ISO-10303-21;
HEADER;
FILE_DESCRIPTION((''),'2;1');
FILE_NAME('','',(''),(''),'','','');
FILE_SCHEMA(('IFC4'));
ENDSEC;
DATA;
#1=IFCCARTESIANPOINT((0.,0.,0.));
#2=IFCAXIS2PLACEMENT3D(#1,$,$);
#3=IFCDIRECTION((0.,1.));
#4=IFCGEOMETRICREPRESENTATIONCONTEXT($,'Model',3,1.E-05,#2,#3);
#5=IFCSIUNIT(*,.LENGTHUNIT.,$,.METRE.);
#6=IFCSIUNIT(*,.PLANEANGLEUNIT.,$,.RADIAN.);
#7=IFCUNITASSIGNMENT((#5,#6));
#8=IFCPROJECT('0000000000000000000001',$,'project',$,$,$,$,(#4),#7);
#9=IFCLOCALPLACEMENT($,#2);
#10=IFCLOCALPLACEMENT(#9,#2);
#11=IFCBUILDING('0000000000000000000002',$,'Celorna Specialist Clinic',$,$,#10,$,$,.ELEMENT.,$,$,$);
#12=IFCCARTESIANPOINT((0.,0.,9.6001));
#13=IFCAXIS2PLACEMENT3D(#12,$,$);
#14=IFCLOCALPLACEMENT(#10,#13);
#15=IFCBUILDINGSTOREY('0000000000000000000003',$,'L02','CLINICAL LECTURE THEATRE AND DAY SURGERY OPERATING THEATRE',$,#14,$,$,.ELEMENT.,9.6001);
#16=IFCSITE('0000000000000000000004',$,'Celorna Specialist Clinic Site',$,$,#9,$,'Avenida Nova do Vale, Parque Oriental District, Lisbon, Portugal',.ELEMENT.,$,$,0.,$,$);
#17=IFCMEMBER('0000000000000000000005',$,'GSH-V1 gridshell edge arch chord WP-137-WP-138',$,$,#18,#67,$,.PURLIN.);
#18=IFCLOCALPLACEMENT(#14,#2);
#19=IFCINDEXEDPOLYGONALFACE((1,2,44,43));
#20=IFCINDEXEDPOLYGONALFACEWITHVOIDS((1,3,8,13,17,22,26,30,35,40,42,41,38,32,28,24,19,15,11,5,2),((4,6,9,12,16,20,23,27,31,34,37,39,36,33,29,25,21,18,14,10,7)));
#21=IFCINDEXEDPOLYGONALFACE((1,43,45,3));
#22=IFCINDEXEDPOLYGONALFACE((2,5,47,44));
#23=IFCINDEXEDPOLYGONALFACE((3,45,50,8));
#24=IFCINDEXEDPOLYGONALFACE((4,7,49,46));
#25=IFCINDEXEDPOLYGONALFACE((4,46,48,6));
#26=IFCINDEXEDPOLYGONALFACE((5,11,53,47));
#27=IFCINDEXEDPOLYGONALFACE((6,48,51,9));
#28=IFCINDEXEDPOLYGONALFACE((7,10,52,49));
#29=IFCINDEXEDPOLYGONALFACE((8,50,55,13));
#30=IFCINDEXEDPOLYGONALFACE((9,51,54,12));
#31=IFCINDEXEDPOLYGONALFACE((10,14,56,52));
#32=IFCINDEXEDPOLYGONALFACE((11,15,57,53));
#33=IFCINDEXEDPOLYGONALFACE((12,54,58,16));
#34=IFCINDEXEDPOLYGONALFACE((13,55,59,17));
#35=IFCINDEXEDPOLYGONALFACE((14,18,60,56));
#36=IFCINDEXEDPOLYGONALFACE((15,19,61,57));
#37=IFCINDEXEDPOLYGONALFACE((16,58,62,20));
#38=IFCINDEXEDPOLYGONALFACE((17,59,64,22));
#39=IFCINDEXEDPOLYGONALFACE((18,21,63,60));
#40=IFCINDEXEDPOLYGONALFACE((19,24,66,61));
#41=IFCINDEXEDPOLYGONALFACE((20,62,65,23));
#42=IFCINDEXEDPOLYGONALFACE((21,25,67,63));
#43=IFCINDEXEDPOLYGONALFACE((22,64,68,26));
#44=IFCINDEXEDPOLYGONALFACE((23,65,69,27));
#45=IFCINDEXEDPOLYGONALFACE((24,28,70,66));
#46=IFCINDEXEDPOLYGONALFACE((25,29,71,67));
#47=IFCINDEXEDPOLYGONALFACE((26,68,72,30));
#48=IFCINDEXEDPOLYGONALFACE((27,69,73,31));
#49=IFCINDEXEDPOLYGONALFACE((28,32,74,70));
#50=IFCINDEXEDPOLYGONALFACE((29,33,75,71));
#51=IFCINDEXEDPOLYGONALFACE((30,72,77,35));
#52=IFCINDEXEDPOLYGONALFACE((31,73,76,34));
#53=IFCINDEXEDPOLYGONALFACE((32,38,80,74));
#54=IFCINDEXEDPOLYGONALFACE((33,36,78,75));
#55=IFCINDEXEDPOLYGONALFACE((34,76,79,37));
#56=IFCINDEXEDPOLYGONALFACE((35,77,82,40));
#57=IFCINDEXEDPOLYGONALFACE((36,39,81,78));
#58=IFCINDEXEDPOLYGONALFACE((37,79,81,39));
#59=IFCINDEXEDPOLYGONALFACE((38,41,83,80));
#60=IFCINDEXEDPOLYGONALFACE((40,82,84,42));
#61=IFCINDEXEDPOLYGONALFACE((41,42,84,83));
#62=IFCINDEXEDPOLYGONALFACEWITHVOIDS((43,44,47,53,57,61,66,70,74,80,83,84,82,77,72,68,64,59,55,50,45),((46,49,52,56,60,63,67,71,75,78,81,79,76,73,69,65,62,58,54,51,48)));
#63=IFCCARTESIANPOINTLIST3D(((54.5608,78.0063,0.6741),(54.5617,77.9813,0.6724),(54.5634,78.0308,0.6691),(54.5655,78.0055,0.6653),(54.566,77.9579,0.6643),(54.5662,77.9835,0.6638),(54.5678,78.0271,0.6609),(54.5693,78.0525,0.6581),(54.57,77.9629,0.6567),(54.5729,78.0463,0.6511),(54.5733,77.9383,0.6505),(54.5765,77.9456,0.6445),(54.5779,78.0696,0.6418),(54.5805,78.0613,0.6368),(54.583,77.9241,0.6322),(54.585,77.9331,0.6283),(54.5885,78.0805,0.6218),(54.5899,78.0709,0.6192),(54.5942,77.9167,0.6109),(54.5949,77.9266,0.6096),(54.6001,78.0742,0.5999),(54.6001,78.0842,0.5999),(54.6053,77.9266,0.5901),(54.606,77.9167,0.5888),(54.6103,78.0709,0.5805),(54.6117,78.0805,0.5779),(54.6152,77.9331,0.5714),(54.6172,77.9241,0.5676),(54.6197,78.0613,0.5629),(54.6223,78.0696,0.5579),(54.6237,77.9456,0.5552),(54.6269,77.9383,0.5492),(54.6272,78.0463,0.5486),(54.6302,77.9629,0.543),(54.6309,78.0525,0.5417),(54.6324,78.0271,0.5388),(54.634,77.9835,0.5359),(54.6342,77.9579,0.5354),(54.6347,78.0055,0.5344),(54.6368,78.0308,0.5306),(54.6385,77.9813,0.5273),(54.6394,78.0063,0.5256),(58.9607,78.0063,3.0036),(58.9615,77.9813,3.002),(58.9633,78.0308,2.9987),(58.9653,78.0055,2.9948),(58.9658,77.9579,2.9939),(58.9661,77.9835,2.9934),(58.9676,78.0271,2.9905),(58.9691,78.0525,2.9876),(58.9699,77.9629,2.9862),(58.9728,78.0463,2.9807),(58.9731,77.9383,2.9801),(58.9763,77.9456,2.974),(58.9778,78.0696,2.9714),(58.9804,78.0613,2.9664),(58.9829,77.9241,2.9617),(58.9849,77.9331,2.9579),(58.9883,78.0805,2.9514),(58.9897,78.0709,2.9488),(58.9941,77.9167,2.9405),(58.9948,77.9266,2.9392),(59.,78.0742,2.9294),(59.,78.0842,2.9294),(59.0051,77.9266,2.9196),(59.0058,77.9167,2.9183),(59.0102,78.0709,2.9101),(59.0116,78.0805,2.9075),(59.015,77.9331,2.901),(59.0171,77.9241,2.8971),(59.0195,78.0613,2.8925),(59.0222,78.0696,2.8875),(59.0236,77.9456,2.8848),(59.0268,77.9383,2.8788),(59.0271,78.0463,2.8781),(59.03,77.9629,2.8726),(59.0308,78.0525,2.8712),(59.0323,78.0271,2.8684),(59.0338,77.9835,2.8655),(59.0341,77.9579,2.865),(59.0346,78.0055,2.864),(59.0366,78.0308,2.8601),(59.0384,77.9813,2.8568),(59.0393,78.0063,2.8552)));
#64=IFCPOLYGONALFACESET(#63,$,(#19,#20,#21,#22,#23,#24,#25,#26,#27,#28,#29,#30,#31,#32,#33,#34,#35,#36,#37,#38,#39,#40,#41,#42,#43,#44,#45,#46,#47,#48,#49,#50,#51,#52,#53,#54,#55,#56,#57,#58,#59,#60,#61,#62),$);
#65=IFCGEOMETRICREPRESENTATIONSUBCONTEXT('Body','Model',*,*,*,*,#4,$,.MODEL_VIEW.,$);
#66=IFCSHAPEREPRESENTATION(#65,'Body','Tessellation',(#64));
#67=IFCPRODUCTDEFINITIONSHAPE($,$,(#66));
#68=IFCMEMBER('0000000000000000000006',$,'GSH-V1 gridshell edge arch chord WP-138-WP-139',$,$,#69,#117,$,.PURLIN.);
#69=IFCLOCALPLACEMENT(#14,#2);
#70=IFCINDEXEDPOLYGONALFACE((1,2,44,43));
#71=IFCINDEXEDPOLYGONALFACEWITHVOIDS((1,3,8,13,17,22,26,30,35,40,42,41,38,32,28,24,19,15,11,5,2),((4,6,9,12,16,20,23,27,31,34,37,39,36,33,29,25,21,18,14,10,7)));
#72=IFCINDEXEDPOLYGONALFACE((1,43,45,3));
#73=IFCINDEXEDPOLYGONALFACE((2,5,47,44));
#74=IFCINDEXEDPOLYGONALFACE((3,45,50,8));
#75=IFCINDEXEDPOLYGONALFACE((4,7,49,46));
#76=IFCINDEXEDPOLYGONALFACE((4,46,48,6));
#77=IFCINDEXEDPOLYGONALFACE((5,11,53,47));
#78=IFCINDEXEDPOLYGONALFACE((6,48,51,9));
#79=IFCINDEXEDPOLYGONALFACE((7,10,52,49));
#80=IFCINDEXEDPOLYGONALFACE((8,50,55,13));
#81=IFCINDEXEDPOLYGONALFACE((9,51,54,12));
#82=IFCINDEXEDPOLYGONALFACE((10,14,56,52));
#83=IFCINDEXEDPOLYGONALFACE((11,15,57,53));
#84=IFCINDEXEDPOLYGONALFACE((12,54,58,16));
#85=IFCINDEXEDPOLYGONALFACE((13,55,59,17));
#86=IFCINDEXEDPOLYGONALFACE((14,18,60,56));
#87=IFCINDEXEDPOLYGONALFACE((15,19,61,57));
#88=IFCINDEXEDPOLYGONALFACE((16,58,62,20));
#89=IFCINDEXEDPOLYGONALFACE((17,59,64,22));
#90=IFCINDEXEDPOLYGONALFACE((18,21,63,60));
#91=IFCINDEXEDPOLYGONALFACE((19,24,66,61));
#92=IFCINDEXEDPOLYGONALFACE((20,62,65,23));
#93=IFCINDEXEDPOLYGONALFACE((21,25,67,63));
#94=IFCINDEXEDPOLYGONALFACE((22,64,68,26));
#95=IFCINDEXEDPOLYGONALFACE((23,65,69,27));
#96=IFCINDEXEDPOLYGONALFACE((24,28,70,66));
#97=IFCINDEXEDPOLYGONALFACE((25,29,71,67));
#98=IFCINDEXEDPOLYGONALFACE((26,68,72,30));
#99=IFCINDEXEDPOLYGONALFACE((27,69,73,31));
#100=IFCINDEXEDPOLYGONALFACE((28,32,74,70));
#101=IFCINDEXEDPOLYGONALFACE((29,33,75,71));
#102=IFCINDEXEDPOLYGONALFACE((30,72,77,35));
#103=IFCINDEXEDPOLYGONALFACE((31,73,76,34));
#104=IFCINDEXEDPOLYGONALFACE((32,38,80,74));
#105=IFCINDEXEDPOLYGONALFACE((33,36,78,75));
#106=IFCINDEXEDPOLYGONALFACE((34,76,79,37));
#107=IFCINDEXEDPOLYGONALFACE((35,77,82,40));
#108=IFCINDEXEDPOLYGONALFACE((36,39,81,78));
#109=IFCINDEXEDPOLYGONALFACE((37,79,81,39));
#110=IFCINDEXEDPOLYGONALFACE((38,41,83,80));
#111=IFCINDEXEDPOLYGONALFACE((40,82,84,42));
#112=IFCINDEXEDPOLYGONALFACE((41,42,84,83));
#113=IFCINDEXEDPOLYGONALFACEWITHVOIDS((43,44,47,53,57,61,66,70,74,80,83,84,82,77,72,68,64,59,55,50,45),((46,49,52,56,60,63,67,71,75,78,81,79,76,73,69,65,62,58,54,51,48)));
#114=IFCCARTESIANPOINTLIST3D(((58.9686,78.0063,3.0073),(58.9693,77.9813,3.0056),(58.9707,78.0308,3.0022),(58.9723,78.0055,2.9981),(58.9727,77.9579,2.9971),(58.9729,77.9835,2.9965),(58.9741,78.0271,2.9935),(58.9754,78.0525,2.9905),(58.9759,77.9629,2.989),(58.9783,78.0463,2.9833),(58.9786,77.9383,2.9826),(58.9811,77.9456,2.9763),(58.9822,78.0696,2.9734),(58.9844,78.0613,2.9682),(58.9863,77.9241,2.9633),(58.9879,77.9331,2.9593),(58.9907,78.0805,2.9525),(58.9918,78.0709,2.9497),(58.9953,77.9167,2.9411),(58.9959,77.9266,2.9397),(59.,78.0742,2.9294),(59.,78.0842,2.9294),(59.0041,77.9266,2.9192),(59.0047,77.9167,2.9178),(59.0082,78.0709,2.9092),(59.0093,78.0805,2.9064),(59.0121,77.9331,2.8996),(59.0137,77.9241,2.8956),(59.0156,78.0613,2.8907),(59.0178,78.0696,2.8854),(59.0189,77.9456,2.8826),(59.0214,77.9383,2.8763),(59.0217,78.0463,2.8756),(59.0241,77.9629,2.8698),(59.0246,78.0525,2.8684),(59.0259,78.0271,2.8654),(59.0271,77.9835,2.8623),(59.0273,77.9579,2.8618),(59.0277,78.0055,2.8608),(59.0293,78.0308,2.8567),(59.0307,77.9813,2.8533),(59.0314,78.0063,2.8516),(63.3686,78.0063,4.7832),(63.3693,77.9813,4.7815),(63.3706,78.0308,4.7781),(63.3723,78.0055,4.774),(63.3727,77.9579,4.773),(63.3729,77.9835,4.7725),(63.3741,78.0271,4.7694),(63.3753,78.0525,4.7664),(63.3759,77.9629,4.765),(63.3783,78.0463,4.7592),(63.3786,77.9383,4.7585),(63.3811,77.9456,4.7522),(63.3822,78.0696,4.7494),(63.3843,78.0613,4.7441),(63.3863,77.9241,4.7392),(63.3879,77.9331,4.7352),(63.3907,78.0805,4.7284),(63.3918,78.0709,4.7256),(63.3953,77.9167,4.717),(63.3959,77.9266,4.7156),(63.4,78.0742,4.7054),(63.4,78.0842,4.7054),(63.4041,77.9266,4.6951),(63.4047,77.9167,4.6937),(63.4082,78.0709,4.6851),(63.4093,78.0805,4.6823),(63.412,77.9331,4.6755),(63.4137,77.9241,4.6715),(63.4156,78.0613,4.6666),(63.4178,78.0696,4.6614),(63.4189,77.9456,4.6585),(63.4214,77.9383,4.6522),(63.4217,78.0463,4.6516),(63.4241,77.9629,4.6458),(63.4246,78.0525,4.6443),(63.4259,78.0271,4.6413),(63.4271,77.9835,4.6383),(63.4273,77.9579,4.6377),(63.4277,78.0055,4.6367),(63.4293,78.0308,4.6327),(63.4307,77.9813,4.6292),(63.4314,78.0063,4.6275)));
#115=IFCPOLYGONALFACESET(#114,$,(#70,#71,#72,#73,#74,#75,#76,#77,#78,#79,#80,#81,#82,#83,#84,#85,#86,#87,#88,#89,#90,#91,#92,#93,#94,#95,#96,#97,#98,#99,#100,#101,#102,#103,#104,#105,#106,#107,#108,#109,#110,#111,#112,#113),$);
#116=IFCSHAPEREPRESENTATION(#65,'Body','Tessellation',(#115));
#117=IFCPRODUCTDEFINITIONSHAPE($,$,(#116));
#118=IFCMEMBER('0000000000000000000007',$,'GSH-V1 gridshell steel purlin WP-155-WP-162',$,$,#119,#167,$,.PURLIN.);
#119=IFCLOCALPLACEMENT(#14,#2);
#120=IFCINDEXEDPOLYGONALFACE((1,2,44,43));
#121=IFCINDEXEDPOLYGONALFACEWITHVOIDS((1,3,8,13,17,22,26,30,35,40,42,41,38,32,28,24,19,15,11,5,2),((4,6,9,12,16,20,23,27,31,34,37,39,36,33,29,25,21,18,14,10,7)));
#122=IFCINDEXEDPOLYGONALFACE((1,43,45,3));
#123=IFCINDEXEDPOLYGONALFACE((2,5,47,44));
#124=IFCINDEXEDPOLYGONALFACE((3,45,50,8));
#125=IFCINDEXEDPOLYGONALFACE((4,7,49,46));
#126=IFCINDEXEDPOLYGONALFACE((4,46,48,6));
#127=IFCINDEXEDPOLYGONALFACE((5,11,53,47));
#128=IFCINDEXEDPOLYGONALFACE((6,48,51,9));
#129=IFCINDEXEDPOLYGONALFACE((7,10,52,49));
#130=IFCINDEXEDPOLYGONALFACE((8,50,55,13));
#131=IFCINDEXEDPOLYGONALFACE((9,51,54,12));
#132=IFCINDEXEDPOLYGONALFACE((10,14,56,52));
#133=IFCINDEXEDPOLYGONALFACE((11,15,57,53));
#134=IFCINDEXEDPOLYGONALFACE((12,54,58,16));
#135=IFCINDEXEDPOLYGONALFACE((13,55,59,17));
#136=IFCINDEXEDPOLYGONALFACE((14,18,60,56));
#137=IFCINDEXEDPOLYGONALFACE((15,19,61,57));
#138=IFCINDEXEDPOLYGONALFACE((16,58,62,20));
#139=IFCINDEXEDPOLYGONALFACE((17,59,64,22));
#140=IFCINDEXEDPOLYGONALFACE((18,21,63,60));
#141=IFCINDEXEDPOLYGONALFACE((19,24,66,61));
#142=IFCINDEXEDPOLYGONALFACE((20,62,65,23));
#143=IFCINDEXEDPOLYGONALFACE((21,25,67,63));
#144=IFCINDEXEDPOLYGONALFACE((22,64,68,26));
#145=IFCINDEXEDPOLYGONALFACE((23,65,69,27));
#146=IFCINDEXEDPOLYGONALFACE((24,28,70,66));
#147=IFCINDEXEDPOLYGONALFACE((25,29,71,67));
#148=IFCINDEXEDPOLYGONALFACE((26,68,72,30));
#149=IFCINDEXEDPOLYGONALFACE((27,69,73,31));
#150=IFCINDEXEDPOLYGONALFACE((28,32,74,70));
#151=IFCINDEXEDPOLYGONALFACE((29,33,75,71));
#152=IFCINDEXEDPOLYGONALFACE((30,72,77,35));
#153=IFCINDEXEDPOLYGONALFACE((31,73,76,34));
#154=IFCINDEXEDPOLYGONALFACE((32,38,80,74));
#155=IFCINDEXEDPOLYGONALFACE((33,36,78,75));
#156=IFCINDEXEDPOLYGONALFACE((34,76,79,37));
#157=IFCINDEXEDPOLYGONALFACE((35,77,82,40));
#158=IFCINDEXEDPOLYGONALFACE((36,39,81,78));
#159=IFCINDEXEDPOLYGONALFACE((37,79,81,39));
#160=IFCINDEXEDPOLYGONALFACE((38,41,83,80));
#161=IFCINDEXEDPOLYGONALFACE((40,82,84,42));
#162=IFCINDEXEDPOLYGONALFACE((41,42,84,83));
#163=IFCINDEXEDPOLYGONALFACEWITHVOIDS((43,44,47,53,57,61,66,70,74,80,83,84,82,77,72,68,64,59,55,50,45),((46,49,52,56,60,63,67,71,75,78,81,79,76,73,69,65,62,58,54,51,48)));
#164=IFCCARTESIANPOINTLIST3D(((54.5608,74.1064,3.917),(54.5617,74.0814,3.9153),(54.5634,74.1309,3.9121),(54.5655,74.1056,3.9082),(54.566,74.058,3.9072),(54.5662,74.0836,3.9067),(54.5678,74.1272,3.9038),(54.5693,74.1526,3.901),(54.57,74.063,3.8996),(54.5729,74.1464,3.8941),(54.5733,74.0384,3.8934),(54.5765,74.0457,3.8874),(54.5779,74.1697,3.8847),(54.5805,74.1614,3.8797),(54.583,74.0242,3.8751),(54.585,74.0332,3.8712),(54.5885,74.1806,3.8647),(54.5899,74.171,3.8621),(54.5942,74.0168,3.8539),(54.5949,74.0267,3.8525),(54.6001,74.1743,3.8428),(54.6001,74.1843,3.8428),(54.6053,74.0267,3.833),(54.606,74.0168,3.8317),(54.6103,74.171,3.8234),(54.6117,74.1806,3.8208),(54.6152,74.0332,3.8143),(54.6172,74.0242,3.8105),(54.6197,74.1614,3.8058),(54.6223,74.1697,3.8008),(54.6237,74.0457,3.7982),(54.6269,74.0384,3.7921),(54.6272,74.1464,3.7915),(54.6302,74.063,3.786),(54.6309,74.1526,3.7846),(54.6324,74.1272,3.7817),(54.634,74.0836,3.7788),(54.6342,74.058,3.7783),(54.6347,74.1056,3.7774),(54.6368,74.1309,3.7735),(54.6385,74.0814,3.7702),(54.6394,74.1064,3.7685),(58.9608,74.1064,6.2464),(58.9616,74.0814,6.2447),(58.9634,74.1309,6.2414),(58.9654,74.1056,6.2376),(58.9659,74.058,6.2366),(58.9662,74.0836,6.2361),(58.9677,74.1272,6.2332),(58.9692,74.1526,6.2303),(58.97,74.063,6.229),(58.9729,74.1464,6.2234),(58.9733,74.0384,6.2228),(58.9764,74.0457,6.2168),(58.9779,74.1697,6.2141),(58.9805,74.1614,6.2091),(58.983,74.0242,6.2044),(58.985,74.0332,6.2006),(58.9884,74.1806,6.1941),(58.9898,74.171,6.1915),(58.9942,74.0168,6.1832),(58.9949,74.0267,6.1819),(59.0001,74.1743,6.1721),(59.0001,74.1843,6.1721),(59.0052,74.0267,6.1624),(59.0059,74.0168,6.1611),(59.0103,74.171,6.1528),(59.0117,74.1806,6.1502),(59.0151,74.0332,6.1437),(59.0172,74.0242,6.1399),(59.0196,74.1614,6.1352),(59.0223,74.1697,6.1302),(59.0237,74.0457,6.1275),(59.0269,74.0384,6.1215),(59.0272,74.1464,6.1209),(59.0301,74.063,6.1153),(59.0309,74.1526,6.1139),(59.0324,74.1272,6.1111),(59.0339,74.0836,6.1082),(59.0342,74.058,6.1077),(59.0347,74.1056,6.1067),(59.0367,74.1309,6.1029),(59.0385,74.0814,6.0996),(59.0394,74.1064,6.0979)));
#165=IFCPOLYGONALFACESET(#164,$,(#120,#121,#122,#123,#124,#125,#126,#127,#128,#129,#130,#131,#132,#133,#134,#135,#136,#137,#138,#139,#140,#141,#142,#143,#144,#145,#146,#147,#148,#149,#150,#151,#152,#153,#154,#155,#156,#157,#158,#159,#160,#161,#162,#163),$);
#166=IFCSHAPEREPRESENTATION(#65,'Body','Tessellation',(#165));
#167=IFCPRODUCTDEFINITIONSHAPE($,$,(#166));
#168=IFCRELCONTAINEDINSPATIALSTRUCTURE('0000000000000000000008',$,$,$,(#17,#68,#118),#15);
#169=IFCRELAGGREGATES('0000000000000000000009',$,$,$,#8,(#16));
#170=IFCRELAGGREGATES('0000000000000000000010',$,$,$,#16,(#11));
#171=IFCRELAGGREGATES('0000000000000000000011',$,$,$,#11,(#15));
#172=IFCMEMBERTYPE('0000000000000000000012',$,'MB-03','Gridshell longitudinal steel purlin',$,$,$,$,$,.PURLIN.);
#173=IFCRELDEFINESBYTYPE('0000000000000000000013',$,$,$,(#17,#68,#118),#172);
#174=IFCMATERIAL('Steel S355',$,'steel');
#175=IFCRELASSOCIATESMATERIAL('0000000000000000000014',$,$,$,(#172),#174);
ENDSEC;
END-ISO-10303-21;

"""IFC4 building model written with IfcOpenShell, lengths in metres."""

from ifc_helpers import new_model, si_unit, direction, frame, origin, origin_2d, place, context, subcontext, project, spatial, hollow_circle, extrude, material, material_profile, profile_set, type_object, element, save


model = new_model("IFC4")

# Units and contexts
model_context = context("Model", 3, precision=1e-05, world=origin(), true_north=direction((0.0, 1.0)))
body_context = subcontext(model_context, "Body", "Model", "MODEL_VIEW")
ifc_project = project(units=[si_unit("LENGTHUNIT", "METRE"), si_unit("PLANEANGLEUNIT", "RADIAN")], contexts=[model_context])

# Site, building, storey
site_placement = place(None, origin())
site = spatial("IfcSite", under=ifc_project, at=site_placement, Name="Celorna Specialist Clinic Site", LongName="Avenida Nova do Vale, Parque Oriental District, Lisbon, Portugal", CompositionType="ELEMENT", RefElevation=0.0)
building_placement = place(site_placement, origin())
building = spatial("IfcBuilding", under=site, at=building_placement, Name="Celorna Specialist Clinic", CompositionType="ELEMENT")
storey_placement = place(building_placement, frame((0.0, 0.0, 9.6001)))
storey = spatial("IfcBuildingStorey", under=building, at=storey_placement, Name="L02", Description="CLINICAL LECTURE THEATRE AND DAY SURGERY OPERATING THEATRE", CompositionType="ELEMENT", Elevation=9.6001)

# Shared definitions
ifc_material_1 = material(Name="Steel S355", Category="steel")

# Members
ifc_material_profile_1 = material_profile(ifc_material_1, hollow_circle(Radius=0.0842, WallThickness=0.01, at=origin_2d()), Name="CHS 168.3x10")
ifc_profile_set_1 = profile_set([ifc_material_profile_1], Name="Steel S355")
member_type_1 = type_object("IfcMemberType", Name="MB-03", Description="Gridshell longitudinal steel purlin", PredefinedType="PURLIN", material=ifc_profile_set_1)
member_1_placement = place(storey_placement, frame((54.6001, 78.0, 0.5999), z_axis=(0.883769, 0.0, 0.467924), x_axis=(0.0, 1.0, 0.0)))
element("IfcMember", 1, at=member_1_placement, inside=storey, type_object=member_type_1, Name="GSH-V1 gridshell edge arch chord WP-137-WP-138", PredefinedType="PURLIN", context=body_context, shape_type="SweptSolid", body=[
    extrude(hollow_circle(Radius=0.0842, WallThickness=0.01, at=origin_2d()), origin(), (0.0, 0.0, 1.0), 4.9785),
])
member_2_placement = place(storey_placement, frame((59.0, 78.0, 2.9294), z_axis=(0.927315, 0.0, 0.374281), x_axis=(0.0, 1.0, 0.0)))
element("IfcMember", 2, at=member_2_placement, inside=storey, type_object=member_type_1, Name="GSH-V1 gridshell edge arch chord WP-138-WP-139", PredefinedType="PURLIN", context=body_context, shape_type="SweptSolid", body=[
    extrude(hollow_circle(Radius=0.0842, WallThickness=0.01, at=origin_2d()), origin(), (0.0, 0.0, 1.0), 4.7449),
])
member_3_placement = place(storey_placement, frame((54.6001, 74.1001, 3.8428), z_axis=(0.883789, 0.0, 0.467885), x_axis=(0.0, 1.0, 0.0)))
element("IfcMember", 3, at=member_3_placement, inside=storey, type_object=member_type_1, Name="GSH-V1 gridshell steel purlin WP-155-WP-162", PredefinedType="PURLIN", context=body_context, shape_type="SweptSolid", body=[
    extrude(hollow_circle(Radius=0.0842, WallThickness=0.01, at=origin_2d()), origin(), (0.0, 0.0, 1.0), 4.9785),
])

save(model, "model.ifc")
